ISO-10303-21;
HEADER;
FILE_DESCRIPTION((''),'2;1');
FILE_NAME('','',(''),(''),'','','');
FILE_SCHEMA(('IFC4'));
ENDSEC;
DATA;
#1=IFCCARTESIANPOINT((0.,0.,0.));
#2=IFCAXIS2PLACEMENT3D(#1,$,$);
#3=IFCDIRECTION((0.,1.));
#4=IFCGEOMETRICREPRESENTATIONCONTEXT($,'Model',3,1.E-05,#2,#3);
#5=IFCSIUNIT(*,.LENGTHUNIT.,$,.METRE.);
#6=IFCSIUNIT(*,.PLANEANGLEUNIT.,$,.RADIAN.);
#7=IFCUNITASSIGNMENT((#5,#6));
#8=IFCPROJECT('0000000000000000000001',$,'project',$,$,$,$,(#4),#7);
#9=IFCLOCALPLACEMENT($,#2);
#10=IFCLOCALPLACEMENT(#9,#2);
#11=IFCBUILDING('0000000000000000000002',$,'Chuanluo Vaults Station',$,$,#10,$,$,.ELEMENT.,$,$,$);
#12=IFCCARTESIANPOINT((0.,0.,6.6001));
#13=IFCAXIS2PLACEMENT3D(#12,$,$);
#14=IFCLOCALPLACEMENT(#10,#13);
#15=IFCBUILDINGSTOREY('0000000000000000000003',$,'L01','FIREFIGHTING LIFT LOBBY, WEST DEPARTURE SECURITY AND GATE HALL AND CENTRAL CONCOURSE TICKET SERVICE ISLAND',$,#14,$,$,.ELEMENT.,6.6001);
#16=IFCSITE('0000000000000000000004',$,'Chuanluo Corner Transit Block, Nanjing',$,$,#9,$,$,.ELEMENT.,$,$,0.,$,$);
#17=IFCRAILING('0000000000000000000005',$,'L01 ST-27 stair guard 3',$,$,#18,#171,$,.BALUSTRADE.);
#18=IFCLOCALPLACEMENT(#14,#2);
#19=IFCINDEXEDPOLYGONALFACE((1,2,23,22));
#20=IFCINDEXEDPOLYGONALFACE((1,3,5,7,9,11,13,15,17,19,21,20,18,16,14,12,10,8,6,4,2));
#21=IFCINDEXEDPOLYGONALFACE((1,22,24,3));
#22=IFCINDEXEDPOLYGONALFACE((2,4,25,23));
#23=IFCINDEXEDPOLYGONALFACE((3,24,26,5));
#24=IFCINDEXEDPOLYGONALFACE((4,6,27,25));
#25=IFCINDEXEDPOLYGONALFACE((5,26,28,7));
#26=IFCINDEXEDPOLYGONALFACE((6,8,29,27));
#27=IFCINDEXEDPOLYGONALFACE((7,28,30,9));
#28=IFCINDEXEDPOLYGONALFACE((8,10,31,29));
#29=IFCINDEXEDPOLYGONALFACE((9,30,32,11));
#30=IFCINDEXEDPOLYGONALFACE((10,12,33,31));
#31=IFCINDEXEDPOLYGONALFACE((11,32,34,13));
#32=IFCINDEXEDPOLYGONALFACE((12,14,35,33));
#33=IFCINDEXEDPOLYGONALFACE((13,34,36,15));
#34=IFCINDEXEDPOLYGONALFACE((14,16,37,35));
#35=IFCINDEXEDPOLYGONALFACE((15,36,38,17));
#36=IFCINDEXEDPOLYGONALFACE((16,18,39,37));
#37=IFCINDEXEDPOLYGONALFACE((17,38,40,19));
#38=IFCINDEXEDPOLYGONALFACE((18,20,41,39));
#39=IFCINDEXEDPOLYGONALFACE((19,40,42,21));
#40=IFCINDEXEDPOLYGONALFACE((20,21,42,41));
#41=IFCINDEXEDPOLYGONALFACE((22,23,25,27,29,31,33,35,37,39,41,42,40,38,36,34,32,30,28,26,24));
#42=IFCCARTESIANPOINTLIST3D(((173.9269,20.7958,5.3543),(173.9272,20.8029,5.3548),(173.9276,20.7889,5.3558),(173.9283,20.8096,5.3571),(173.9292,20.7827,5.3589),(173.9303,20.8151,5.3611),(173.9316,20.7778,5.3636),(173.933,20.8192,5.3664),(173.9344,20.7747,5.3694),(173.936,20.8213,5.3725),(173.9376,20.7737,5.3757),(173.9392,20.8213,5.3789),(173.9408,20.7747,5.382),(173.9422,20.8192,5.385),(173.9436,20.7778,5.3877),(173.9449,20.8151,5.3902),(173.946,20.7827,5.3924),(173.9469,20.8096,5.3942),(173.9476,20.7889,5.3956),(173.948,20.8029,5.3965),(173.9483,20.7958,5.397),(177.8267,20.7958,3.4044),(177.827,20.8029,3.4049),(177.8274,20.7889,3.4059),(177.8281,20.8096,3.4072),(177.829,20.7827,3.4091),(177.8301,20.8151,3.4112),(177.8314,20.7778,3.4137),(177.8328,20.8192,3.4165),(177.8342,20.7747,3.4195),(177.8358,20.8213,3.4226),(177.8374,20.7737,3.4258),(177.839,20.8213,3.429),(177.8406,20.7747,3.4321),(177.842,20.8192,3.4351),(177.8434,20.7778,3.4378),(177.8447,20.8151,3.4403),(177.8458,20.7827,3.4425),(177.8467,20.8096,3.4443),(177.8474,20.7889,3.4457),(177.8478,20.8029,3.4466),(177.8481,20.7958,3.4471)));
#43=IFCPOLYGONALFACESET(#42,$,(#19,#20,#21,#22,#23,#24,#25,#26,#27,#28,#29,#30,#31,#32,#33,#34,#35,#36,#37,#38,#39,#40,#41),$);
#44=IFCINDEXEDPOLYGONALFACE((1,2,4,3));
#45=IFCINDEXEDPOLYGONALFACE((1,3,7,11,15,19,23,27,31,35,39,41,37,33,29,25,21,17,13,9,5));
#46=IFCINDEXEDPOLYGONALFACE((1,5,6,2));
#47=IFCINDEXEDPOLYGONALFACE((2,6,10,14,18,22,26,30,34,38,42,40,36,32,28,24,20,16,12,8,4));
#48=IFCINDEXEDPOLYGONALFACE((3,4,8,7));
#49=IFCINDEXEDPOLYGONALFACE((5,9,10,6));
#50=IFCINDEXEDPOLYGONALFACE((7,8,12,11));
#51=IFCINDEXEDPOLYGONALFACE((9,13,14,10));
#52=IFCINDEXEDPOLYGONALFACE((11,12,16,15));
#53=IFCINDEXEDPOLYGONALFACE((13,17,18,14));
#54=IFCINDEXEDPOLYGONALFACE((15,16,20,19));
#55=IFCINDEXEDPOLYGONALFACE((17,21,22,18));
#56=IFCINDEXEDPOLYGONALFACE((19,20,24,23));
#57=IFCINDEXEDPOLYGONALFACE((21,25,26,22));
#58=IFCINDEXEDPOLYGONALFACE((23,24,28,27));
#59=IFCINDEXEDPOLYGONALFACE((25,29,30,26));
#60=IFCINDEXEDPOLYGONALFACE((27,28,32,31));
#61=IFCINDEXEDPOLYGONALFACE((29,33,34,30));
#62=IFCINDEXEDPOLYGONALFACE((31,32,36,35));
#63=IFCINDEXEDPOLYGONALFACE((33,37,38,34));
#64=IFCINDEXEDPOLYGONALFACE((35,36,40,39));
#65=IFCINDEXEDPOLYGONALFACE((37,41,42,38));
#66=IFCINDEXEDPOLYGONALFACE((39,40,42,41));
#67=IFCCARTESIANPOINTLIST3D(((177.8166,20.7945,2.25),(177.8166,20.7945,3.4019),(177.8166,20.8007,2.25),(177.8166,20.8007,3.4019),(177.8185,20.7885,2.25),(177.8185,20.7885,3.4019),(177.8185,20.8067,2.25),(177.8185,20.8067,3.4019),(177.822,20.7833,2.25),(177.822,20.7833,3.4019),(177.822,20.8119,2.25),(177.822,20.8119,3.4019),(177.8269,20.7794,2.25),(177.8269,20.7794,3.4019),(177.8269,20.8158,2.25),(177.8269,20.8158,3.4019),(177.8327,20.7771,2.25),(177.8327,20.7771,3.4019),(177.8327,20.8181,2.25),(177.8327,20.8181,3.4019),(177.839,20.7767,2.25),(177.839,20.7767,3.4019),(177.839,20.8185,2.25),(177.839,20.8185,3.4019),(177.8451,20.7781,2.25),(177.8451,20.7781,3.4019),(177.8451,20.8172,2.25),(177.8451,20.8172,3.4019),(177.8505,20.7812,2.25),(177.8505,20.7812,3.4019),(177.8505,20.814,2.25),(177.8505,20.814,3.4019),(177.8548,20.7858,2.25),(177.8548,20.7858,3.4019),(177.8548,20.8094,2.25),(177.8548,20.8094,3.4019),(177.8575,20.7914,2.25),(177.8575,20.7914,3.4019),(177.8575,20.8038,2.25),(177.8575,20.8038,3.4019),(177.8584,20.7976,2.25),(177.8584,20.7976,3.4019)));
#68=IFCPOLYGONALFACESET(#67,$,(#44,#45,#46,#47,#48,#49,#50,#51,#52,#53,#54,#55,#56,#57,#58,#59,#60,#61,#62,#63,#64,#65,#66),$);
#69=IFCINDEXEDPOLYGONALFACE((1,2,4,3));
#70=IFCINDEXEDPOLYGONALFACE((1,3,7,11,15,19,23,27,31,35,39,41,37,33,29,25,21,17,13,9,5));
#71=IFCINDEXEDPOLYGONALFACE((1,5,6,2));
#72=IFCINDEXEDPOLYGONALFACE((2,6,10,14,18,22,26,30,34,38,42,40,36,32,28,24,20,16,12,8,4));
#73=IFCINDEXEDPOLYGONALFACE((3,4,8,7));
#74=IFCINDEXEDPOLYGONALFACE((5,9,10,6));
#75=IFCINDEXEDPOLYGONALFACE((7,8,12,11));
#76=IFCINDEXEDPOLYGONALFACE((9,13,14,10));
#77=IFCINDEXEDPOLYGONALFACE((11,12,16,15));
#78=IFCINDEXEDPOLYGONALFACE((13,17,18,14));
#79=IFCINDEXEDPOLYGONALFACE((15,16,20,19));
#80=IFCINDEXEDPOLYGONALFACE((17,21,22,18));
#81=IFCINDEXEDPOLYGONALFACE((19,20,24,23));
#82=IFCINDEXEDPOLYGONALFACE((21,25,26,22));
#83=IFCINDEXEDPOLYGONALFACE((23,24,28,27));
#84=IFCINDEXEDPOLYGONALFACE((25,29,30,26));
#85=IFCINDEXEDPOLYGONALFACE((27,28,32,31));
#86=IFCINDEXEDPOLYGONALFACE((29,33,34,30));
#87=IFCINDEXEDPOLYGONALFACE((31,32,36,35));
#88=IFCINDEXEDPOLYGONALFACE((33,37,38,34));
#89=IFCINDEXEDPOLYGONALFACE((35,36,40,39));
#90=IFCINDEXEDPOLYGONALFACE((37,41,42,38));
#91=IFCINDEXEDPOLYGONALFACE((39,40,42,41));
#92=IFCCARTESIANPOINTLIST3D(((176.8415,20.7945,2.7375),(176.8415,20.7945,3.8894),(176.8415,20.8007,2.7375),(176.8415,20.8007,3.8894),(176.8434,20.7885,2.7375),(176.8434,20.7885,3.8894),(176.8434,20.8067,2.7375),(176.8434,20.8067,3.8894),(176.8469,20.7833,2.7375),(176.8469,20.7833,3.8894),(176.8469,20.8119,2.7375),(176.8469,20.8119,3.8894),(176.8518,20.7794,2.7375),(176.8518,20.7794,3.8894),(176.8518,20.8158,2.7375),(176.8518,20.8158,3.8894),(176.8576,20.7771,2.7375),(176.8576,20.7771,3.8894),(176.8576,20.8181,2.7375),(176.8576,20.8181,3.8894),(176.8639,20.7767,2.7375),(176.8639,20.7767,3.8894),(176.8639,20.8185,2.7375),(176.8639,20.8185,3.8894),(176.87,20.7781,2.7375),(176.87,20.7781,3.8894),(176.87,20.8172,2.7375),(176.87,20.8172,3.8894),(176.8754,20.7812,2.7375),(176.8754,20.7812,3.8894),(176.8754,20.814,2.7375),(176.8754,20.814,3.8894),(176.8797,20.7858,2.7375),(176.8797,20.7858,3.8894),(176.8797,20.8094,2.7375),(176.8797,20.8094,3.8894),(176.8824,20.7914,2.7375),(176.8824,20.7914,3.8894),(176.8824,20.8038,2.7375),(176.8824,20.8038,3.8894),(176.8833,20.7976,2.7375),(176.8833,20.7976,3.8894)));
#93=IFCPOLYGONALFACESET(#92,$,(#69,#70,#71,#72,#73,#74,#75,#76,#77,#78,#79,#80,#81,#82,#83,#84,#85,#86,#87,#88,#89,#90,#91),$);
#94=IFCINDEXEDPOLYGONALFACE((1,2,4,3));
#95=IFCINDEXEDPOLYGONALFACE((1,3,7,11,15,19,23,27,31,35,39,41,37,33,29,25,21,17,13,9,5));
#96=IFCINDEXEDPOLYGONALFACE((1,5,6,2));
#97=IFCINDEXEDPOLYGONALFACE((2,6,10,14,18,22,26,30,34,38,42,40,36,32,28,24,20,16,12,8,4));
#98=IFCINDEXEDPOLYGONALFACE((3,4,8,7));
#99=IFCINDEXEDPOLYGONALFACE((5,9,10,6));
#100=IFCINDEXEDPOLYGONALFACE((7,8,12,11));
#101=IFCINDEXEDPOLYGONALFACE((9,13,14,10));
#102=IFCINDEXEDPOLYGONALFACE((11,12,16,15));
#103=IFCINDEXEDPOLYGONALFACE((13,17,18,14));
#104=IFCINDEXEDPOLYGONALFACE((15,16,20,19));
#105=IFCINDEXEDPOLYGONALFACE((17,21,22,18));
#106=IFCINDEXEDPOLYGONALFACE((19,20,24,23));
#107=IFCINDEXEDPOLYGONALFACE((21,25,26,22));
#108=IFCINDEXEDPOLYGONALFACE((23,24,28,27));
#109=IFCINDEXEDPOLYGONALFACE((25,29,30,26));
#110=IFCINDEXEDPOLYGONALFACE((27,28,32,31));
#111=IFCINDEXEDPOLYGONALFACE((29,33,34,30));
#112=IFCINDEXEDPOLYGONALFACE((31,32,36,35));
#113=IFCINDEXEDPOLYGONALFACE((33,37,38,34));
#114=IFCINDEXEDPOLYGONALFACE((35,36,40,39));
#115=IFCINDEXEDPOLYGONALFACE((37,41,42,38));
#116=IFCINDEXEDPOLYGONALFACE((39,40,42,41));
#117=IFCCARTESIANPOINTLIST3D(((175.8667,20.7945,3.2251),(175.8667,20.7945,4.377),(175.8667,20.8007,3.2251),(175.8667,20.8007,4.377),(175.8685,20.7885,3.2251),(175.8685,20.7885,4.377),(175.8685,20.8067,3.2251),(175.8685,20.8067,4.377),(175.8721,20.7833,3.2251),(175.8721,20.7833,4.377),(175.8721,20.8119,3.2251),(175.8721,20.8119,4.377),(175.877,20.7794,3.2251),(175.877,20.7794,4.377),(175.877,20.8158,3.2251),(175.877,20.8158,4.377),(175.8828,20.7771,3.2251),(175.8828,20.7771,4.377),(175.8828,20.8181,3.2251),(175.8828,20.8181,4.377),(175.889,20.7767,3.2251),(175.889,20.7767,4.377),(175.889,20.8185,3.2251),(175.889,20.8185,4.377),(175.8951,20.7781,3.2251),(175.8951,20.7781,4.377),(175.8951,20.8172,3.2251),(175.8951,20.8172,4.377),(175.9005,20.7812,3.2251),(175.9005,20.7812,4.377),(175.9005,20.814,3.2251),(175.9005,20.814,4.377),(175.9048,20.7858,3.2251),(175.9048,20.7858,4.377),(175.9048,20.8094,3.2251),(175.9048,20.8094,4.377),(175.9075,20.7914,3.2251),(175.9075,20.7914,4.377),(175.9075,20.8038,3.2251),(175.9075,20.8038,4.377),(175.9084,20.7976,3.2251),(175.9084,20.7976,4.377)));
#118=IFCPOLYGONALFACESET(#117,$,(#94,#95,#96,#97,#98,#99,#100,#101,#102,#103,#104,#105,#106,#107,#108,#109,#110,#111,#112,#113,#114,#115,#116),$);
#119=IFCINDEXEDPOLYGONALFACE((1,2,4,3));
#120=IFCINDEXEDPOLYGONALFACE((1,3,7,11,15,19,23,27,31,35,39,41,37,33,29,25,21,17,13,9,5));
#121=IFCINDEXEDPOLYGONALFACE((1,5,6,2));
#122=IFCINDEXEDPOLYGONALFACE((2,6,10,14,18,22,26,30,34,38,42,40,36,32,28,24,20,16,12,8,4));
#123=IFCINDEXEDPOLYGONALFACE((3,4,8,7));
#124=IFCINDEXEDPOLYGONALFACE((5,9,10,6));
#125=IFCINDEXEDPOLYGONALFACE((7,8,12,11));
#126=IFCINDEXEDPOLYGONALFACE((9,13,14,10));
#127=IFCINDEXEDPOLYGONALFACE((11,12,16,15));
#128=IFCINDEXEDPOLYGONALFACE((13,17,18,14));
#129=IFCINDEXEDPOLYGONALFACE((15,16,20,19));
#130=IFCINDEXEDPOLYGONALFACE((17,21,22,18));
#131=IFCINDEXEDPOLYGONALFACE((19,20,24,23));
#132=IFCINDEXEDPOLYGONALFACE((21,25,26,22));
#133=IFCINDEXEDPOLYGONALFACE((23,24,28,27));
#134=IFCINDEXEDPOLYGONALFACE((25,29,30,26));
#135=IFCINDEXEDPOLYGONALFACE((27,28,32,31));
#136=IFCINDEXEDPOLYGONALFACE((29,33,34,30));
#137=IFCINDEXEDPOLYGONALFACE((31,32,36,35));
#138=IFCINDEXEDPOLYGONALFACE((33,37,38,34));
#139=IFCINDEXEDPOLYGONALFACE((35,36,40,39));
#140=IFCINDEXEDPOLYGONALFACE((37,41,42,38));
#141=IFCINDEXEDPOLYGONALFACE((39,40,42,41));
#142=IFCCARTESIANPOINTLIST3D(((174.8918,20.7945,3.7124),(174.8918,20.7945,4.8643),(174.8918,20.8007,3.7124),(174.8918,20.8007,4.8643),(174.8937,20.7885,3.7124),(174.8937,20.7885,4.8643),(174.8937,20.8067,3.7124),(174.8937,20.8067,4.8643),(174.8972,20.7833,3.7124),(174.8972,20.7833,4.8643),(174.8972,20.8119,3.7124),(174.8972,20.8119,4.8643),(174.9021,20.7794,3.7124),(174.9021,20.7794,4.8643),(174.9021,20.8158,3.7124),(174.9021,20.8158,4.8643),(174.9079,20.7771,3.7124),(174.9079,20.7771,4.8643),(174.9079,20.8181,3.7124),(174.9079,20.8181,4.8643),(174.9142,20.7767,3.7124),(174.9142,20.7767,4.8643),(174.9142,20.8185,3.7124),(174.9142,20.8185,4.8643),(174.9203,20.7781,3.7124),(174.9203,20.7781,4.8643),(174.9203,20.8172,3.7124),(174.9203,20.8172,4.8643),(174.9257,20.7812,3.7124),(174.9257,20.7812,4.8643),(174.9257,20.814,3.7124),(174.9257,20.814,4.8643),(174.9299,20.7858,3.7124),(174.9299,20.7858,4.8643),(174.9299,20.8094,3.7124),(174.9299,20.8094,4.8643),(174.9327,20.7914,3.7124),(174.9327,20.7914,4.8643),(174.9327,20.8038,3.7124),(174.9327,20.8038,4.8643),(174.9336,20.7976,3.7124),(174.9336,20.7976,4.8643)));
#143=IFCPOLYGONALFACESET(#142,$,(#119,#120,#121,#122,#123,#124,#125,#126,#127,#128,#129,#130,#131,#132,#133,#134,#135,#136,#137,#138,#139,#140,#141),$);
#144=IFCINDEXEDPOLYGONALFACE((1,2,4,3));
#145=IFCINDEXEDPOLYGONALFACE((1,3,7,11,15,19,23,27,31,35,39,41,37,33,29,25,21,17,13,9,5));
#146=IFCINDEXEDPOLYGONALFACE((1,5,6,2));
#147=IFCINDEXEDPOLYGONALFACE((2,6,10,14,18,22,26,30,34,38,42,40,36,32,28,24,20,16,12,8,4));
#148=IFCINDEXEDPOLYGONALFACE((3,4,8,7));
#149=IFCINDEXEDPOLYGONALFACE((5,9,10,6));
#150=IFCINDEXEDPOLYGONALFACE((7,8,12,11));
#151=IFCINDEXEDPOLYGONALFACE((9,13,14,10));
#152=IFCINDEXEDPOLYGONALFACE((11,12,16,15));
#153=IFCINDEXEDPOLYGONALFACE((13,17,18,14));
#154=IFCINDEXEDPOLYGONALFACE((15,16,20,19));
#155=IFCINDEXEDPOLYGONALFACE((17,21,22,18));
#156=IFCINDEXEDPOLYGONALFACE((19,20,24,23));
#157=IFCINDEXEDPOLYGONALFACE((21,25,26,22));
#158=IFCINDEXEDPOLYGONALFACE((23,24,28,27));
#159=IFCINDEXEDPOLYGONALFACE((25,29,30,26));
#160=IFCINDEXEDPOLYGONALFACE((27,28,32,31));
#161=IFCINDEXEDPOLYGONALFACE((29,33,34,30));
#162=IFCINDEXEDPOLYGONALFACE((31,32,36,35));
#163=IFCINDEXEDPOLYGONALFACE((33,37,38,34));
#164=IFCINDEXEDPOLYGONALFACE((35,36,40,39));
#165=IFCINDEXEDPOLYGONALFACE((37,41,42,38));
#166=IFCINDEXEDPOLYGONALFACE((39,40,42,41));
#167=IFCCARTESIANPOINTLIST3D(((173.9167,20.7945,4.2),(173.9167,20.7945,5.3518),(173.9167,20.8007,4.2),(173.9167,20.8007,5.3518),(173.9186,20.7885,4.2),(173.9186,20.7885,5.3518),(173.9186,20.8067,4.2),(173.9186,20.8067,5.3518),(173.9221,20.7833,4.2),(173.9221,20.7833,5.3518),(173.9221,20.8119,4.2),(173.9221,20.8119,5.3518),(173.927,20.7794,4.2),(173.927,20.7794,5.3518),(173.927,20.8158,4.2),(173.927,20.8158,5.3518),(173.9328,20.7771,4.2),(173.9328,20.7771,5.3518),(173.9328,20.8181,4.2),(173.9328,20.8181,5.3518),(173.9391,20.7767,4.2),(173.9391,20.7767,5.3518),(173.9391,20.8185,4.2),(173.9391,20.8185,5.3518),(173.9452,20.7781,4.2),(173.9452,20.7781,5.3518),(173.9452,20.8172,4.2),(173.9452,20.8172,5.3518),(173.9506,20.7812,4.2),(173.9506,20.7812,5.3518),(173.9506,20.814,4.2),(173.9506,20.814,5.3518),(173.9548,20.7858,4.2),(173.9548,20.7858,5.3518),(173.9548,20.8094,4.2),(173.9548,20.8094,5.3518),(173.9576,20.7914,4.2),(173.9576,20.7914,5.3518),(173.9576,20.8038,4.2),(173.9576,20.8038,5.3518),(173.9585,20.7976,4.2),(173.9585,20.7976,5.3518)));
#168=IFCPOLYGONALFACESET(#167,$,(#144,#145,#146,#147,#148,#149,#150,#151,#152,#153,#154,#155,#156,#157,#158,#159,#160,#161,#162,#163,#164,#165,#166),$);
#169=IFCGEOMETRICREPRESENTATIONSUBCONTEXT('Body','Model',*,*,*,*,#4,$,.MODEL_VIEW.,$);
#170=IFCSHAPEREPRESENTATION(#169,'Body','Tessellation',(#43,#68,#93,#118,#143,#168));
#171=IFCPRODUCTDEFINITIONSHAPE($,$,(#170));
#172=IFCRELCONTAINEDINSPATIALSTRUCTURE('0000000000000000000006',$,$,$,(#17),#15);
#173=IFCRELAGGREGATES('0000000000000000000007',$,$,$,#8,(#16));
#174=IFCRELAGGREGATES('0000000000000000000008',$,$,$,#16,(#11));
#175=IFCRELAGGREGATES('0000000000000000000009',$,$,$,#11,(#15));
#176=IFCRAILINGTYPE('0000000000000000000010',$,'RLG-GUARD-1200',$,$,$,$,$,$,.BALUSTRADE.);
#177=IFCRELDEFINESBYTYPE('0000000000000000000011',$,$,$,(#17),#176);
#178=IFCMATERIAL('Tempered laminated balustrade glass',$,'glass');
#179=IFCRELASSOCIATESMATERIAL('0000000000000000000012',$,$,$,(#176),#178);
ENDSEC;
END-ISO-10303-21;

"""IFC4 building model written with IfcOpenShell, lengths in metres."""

from ifc_helpers import new_model, si_unit, direction, frame, origin, origin_2d, place, context, subcontext, project, spatial, circle, extrude, material, type_object, element, save


model = new_model("IFC4")

# Units and contexts
model_context = context("Model", 3, precision=1e-05, world=origin(), true_north=direction((0.0, 1.0)))
body_context = subcontext(model_context, "Body", "Model", "MODEL_VIEW")
ifc_project = project(units=[si_unit("LENGTHUNIT", "METRE"), si_unit("PLANEANGLEUNIT", "RADIAN")], contexts=[model_context])

# Site, building, storey
site_placement = place(None, origin())
site = spatial("IfcSite", under=ifc_project, at=site_placement, Name="Chuanluo Corner Transit Block, Nanjing", CompositionType="ELEMENT", RefElevation=0.0)
building_placement = place(site_placement, origin())
building = spatial("IfcBuilding", under=site, at=building_placement, Name="Chuanluo Vaults Station", CompositionType="ELEMENT")
storey_placement = place(building_placement, frame((0.0, 0.0, 6.6001)))
storey = spatial("IfcBuildingStorey", under=building, at=storey_placement, Name="L01", Description="FIREFIGHTING LIFT LOBBY, WEST DEPARTURE SECURITY AND GATE HALL AND CENTRAL CONCOURSE TICKET SERVICE ISLAND", CompositionType="ELEMENT", Elevation=6.6001)

# Railing
ifc_material_1 = material(Name="Tempered laminated balustrade glass", Category="glass")
railing_type_1 = type_object("IfcRailingType", Name="RLG-GUARD-1200", PredefinedType="BALUSTRADE", material=ifc_material_1)
railing_1_placement = place(storey_placement, frame((177.8374, 20.7976, 2.25)))
element("IfcRailing", 1, at=railing_1_placement, inside=storey, type_object=railing_type_1, Name="L01 ST-27 stair guard 3", PredefinedType="BALUSTRADE", context=body_context, shape_type="SweptSolid", body=[
    extrude(circle(Radius=0.0239, at=origin_2d()), frame((0.0, 0.0, 1.1758), z_axis=(-0.894427, 0.0, 0.447214), x_axis=(0.0, -1.0, 0.0)), (0.0, 0.0, 1.0), 4.3601),
    extrude(circle(Radius=0.021, at=origin_2d()), origin(), (0.0, 0.0, 1.0), 1.1519),
    extrude(circle(Radius=0.021, at=origin_2d()), frame((-0.9751, 0.0, 0.4875)), (0.0, 0.0, 1.0), 1.1519),
    extrude(circle(Radius=0.021, at=origin_2d()), frame((-1.95, 0.0, 0.9751)), (0.0, 0.0, 1.0), 1.1519),
    extrude(circle(Radius=0.021, at=origin_2d()), frame((-2.9248, 0.0, 1.4624)), (0.0, 0.0, 1.0), 1.1519),
    extrude(circle(Radius=0.021, at=origin_2d()), frame((-3.8999, 0.0, 1.95)), (0.0, 0.0, 1.0), 1.1519),
])

save(model, "model.ifc")
